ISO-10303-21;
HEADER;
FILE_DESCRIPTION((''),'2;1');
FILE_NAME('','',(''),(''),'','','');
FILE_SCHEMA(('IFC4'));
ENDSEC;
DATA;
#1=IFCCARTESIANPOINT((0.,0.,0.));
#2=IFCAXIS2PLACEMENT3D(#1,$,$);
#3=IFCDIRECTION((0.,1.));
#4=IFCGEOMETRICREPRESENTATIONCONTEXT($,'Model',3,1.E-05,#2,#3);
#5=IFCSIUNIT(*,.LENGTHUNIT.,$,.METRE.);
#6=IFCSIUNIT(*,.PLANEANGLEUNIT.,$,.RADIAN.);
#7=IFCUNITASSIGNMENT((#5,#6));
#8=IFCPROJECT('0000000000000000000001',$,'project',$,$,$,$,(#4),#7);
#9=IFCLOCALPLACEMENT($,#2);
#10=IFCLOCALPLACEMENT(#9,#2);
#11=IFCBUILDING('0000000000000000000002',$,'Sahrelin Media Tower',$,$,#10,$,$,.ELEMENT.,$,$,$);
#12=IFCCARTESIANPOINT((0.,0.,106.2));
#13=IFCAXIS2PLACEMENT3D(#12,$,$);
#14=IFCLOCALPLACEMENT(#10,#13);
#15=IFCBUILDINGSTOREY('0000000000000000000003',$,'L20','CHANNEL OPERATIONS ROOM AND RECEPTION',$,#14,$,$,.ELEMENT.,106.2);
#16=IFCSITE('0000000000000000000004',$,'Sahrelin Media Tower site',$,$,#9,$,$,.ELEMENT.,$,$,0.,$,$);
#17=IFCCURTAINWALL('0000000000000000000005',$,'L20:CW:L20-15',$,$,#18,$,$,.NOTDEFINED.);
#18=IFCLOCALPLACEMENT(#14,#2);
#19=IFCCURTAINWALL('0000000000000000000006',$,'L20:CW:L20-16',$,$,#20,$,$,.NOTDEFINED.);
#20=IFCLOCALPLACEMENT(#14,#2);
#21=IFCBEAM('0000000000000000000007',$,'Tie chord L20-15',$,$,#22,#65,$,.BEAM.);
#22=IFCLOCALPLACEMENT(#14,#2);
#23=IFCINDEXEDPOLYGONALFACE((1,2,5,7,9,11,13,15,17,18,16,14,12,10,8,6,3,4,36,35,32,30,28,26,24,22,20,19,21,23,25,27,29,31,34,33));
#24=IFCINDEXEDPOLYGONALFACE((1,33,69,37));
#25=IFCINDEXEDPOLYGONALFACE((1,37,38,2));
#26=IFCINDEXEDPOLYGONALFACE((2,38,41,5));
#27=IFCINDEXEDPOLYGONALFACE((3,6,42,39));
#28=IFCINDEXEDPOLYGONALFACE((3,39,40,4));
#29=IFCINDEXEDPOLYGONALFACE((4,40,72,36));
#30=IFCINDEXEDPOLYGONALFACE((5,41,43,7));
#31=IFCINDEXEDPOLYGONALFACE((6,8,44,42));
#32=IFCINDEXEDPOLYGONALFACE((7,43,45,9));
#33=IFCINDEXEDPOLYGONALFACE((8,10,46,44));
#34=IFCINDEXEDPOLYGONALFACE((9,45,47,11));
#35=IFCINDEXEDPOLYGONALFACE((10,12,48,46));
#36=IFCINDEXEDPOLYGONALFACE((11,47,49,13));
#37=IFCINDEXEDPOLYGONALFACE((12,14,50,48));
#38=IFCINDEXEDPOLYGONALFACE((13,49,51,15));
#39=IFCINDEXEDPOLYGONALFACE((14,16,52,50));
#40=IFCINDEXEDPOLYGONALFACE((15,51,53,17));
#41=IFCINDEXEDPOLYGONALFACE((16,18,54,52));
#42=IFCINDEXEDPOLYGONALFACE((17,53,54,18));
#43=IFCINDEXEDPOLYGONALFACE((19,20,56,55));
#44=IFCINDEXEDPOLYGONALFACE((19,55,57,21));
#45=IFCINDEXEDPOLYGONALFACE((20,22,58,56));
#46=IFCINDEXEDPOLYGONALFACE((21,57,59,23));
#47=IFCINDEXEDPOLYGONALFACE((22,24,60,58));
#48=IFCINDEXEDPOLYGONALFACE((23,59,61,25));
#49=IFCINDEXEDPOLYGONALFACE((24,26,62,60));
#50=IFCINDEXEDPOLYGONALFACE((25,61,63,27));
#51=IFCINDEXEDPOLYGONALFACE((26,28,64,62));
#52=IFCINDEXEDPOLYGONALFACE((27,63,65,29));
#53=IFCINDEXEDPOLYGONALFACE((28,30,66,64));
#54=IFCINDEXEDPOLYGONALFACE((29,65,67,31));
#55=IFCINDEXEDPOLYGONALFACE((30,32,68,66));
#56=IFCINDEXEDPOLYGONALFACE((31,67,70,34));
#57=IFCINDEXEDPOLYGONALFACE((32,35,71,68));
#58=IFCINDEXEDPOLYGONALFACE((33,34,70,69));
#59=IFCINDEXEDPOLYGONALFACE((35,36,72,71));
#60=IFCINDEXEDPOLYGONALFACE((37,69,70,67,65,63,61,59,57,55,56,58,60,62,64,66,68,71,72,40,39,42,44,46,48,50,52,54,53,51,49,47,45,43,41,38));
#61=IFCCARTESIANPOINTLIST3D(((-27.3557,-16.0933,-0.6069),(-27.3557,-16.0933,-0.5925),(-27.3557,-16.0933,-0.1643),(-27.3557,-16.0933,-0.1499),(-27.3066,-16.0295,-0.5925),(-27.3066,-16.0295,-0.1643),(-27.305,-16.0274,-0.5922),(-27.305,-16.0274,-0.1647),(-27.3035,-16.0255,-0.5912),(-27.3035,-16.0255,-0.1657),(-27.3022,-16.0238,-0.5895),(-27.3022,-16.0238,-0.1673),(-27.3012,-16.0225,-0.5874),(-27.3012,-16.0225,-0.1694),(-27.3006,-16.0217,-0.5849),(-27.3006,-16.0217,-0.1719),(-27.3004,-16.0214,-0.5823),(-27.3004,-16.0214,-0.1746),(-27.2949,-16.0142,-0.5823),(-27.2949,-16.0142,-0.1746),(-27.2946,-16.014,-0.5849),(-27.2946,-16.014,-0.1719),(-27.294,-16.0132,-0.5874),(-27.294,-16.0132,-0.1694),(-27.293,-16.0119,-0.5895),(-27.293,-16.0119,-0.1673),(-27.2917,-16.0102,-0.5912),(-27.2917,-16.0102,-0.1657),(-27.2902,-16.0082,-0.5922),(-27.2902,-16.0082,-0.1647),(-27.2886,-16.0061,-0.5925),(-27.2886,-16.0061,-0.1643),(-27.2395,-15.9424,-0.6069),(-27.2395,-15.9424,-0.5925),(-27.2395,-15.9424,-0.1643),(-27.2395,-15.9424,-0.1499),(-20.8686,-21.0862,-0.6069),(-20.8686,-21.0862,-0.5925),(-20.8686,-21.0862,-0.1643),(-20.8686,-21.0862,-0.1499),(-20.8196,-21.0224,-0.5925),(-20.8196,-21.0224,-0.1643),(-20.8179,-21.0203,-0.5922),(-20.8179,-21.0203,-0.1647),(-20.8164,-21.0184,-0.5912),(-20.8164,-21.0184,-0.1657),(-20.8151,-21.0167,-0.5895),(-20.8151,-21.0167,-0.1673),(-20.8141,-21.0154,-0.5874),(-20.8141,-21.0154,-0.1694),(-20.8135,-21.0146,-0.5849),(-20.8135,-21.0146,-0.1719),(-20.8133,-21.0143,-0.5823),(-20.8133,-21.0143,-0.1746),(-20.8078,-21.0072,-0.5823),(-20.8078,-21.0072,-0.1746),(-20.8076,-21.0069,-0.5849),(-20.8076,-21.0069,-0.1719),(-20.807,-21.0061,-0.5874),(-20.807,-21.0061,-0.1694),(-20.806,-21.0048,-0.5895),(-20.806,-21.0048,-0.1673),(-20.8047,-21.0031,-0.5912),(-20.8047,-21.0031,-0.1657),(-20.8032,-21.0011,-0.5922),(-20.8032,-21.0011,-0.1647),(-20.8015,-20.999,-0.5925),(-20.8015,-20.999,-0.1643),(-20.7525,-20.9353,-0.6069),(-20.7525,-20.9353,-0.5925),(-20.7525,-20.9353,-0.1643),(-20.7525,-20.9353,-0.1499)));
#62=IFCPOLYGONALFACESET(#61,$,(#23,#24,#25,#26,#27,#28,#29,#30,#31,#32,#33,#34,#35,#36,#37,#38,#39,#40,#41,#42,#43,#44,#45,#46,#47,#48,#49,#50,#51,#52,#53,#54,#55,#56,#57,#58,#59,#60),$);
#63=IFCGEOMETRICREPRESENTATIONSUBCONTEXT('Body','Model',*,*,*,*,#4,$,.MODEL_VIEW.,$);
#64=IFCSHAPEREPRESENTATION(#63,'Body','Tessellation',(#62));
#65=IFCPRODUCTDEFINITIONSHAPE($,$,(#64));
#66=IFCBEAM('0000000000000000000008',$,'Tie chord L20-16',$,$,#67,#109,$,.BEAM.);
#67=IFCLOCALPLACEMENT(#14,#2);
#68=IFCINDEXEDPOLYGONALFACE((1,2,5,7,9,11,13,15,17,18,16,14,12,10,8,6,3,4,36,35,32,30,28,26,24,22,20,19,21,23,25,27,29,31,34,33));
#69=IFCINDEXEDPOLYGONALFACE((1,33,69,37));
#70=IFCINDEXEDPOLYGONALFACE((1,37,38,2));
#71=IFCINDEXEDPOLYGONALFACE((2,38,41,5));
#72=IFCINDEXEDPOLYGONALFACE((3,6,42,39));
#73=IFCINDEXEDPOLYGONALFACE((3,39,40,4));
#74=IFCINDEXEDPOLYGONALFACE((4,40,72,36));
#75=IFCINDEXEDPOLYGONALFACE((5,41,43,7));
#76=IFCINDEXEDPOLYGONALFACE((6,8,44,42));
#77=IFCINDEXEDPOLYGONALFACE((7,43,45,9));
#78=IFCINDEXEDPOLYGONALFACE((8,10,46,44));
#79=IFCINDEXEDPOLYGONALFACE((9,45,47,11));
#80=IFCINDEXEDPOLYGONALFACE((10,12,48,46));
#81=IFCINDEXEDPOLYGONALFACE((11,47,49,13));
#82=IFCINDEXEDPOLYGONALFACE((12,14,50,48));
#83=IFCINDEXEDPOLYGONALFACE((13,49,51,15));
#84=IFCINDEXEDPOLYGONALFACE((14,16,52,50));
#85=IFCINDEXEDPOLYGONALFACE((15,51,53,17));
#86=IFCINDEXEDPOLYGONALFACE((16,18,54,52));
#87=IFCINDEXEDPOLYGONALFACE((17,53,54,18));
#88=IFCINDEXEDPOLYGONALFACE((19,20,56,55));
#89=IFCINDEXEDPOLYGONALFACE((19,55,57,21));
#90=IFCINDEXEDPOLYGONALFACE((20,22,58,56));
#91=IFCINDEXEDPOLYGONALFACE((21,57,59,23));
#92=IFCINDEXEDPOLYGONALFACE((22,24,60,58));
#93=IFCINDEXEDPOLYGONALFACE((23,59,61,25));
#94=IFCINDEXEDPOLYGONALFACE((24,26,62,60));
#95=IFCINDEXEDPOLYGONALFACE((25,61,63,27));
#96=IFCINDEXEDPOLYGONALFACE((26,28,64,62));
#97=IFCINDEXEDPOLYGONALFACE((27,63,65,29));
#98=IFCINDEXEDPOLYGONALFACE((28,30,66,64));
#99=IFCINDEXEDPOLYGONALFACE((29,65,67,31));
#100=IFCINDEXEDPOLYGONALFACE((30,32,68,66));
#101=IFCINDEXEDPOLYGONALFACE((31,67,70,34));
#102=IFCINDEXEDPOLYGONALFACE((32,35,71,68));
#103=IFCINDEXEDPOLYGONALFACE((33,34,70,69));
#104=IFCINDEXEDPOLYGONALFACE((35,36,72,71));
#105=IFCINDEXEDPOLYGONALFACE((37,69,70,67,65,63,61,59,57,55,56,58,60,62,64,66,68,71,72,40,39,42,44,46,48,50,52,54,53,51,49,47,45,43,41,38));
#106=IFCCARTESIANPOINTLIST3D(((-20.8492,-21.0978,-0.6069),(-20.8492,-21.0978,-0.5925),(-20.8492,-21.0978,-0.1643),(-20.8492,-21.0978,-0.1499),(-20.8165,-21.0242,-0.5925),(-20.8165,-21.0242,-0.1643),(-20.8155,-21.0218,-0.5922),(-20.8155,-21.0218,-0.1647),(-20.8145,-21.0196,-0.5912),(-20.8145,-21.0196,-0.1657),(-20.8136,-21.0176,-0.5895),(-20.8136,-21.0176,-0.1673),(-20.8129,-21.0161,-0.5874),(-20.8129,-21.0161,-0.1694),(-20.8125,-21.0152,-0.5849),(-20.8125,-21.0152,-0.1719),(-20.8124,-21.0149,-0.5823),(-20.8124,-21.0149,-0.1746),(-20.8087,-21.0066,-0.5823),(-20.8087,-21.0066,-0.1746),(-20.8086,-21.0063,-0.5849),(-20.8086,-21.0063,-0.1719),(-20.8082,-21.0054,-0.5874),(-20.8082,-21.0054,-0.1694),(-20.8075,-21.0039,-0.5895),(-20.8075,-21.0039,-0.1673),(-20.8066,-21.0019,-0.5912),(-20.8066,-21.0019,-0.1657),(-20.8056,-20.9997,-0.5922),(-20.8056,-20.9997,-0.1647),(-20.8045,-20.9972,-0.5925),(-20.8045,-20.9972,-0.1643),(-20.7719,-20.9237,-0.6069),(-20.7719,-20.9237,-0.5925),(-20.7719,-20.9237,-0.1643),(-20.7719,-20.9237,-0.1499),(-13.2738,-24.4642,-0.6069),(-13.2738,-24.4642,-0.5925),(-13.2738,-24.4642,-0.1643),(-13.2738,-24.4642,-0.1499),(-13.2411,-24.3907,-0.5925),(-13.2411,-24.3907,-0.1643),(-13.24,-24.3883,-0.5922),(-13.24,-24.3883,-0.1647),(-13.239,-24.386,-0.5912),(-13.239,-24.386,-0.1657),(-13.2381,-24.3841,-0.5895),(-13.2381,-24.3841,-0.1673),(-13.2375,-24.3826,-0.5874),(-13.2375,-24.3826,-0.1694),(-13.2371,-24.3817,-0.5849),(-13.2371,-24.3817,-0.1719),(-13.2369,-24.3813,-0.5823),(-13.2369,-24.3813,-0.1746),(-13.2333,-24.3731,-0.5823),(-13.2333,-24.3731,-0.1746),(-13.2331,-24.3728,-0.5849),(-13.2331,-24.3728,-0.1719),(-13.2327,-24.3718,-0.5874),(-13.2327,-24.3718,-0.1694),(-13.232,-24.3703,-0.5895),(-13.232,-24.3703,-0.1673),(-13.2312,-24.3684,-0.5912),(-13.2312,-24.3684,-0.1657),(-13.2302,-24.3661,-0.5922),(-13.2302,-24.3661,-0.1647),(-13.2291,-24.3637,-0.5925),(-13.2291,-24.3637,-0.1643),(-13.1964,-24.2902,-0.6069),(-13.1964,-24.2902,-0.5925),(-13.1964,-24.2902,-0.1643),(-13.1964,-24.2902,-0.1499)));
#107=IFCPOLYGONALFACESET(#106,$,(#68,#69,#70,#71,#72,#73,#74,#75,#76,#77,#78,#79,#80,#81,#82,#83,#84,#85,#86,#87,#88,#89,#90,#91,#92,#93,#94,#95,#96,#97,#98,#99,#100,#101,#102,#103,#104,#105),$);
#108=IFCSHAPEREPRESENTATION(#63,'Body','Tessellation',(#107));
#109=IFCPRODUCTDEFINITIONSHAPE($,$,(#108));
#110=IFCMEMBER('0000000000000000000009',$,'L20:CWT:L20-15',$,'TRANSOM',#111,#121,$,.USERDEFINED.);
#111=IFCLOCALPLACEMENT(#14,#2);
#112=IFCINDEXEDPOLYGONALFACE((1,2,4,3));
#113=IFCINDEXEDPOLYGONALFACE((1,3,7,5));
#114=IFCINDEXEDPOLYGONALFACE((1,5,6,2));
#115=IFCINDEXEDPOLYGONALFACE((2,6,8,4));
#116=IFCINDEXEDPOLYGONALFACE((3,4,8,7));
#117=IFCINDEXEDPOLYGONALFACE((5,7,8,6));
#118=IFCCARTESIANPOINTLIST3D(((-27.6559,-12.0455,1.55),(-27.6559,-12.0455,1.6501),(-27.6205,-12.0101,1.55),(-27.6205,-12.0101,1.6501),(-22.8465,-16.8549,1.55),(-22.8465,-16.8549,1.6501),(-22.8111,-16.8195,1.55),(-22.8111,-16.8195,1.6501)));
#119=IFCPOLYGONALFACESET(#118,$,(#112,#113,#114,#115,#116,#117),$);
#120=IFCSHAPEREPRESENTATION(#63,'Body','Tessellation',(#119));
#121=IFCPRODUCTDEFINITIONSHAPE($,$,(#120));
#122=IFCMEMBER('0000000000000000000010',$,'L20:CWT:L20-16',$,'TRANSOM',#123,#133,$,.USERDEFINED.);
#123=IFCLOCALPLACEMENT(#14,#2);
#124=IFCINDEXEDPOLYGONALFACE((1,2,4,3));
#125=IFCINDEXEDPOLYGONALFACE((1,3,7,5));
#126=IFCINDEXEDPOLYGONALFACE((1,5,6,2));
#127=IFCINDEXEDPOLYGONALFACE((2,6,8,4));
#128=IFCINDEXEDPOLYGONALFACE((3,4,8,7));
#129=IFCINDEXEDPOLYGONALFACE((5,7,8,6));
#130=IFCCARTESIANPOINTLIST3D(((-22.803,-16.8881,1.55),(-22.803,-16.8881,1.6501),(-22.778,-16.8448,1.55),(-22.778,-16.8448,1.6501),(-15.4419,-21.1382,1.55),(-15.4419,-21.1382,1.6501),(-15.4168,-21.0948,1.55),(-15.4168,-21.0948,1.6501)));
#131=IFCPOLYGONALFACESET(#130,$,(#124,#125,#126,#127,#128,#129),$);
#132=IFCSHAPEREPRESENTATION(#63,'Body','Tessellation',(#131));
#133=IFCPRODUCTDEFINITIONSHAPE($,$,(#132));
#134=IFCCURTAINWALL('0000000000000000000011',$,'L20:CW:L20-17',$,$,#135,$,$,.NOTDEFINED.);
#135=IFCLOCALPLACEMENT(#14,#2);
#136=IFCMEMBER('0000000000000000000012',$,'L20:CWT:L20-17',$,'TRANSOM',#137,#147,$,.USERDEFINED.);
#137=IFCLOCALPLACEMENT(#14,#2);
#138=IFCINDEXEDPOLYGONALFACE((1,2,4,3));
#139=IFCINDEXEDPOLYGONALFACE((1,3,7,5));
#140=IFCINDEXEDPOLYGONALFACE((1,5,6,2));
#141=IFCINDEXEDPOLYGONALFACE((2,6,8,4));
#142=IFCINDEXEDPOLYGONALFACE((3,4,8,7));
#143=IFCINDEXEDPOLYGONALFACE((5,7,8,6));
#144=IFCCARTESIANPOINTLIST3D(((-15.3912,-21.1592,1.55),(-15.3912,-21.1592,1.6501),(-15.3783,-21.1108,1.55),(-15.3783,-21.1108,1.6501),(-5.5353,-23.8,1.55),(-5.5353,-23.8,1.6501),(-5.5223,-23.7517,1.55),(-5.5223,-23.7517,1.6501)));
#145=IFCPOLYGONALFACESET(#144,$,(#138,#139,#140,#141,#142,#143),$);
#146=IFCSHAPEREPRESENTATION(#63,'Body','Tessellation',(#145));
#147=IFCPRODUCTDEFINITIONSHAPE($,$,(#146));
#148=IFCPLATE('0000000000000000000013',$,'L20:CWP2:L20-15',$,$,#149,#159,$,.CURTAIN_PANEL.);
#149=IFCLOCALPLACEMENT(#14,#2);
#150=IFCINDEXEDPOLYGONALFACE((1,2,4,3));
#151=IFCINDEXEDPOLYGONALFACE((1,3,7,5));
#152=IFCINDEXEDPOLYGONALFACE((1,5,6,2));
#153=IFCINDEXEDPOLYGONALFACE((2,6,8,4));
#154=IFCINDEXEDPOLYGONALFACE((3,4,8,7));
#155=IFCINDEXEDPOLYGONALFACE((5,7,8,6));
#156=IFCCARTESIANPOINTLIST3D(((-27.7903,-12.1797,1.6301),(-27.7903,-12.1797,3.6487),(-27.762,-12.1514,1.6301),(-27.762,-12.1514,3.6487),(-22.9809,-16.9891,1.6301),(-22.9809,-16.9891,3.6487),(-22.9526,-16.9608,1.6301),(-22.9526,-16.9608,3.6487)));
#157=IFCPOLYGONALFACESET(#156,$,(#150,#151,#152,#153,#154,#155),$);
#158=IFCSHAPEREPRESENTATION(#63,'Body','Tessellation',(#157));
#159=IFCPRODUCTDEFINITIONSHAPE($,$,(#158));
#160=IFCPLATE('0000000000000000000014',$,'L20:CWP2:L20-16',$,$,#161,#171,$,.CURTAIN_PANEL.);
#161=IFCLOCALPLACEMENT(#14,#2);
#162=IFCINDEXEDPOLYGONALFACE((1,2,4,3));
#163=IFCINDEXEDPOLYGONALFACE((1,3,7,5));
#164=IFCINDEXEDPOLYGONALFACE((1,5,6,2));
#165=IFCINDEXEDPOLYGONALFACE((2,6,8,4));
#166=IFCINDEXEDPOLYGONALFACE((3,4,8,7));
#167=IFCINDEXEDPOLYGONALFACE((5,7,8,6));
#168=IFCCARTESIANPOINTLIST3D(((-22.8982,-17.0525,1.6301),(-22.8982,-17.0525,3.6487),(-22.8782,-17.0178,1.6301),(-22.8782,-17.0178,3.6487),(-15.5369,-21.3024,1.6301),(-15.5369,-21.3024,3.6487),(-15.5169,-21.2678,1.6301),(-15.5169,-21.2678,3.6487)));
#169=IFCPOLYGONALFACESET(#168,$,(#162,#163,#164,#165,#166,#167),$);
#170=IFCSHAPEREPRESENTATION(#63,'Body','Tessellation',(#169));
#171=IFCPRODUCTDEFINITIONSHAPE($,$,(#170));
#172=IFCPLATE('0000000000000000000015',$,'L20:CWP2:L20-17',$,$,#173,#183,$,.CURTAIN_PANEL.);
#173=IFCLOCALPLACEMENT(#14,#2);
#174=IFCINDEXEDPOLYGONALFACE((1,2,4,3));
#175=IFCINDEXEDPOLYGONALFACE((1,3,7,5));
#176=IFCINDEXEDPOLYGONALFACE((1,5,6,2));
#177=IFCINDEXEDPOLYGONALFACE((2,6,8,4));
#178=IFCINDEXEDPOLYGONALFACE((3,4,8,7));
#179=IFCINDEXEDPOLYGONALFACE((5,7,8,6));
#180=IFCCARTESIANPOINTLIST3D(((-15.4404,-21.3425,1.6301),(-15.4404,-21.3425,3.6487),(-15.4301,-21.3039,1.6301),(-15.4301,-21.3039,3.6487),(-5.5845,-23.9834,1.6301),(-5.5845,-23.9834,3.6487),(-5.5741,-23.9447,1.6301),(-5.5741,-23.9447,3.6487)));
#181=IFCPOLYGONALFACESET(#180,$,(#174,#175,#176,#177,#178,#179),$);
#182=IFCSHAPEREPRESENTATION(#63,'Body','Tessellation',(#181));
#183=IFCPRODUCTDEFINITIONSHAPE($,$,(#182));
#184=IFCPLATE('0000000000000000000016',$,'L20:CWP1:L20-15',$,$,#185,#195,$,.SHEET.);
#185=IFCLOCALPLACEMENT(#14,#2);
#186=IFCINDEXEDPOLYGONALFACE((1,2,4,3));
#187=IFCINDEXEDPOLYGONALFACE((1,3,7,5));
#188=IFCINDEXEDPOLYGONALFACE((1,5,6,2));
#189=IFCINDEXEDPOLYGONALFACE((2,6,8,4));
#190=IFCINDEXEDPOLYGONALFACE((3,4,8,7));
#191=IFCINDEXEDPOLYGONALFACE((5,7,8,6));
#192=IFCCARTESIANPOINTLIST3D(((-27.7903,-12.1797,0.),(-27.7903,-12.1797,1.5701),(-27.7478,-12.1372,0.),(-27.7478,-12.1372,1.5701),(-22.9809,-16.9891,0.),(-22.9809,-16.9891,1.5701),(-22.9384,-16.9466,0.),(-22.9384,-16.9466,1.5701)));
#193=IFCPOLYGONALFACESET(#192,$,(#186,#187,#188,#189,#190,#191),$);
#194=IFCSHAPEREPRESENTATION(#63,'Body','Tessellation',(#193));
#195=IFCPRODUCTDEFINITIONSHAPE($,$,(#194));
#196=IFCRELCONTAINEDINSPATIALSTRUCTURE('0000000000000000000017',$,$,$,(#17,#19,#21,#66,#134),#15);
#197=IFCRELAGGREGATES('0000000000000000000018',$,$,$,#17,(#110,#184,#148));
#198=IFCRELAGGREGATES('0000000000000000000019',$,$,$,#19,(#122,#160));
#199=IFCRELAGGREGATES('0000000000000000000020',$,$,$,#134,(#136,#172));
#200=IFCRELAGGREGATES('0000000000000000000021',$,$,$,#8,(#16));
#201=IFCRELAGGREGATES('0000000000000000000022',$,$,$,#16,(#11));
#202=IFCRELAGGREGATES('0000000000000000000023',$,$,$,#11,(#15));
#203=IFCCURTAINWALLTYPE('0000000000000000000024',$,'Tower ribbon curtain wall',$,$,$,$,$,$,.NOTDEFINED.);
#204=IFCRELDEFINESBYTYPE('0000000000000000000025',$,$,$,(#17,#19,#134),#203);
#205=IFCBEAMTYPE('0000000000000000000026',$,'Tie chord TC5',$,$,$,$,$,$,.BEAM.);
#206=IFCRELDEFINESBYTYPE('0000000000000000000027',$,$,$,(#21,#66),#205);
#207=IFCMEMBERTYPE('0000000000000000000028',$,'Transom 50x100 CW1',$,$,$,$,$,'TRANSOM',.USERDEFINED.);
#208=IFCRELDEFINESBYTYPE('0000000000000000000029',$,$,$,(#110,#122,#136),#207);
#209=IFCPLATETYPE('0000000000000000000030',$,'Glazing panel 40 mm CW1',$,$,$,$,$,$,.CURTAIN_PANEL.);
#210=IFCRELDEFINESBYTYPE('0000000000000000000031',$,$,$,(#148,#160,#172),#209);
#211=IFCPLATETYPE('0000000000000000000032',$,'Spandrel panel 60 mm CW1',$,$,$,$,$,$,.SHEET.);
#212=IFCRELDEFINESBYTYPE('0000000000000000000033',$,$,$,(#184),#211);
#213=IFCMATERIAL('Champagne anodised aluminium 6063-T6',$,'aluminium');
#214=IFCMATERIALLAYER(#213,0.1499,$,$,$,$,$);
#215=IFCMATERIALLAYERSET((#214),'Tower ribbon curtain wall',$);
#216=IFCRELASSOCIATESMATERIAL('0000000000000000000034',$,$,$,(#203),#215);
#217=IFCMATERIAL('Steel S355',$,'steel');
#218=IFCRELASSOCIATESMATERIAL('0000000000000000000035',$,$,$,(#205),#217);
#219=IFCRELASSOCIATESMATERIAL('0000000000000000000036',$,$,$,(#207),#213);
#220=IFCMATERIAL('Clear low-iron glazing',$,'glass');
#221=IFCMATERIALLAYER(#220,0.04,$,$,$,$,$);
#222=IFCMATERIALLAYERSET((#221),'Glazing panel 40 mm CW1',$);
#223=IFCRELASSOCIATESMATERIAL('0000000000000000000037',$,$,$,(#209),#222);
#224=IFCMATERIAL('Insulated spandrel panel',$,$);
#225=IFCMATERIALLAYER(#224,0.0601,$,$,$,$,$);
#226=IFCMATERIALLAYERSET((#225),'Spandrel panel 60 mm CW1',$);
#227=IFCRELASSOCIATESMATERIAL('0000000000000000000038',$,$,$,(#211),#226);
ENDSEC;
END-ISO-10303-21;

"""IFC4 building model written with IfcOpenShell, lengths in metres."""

from ifc_helpers import new_model, si_unit, direction, frame, origin, origin_2d, place, context, subcontext, project, spatial, polyline, rectangle, i_section, outline, extrude, material, layer, layer_set, material_profile, profile_set, type_object, element, aggregate, save


model = new_model("IFC4")

# Units and contexts
model_context = context("Model", 3, precision=1e-05, world=origin(), true_north=direction((0.0, 1.0)))
body_context = subcontext(model_context, "Body", "Model", "MODEL_VIEW")
ifc_project = project(units=[si_unit("LENGTHUNIT", "METRE"), si_unit("PLANEANGLEUNIT", "RADIAN")], contexts=[model_context])

# Site, building, storey
site_placement = place(None, origin())
site = spatial("IfcSite", under=ifc_project, at=site_placement, Name="Sahrelin Media Tower site", CompositionType="ELEMENT", RefElevation=0.0)
building_placement = place(site_placement, origin())
building = spatial("IfcBuilding", under=site, at=building_placement, Name="Sahrelin Media Tower", CompositionType="ELEMENT")
storey_placement = place(building_placement, frame((0.0, 0.0, 106.2)))
storey = spatial("IfcBuildingStorey", under=building, at=storey_placement, Name="L20", Description="CHANNEL OPERATIONS ROOM AND RECEPTION", CompositionType="ELEMENT", Elevation=106.2)

# Shared definitions
ifc_material_1 = material(Name="Steel S355", Category="steel")

# Curtain walls
ifc_material_2 = material(Name="Champagne anodised aluminium 6063-T6", Category="aluminium")
ifc_layer_1 = layer(ifc_material_2, 0.1499)
ifc_layer_set_1 = layer_set([ifc_layer_1], Name="Tower ribbon curtain wall")
curtain_wall_type = type_object("IfcCurtainWallType", Name="Tower ribbon curtain wall", PredefinedType="NOTDEFINED", material=ifc_layer_set_1)
curtain_wall_1_placement = place(storey_placement, frame((-25.3713, -14.5703, 0.0), z_axis=(0.0, 0.0, 1.0), x_axis=(1.0, 0.0, 0.0)))
curtain_wall_1 = element("IfcCurtainWall", 1, at=curtain_wall_1_placement, inside=storey, type_object=curtain_wall_type, Name="L20:CW:L20-15", PredefinedType="NOTDEFINED")
curtain_wall_2_placement = place(storey_placement, frame((-19.2075, -19.1604, 0.0), z_axis=(0.0, 0.0, 1.0), x_axis=(1.0, 0.0, 0.0)))
curtain_wall_2 = element("IfcCurtainWall", 2, at=curtain_wall_2_placement, inside=storey, type_object=curtain_wall_type, Name="L20:CW:L20-16", PredefinedType="NOTDEFINED")

# Beams
ifc_material_profile_1 = material_profile(ifc_material_1, i_section(OverallWidth=0.1904, OverallDepth=0.457, WebThickness=0.009, FlangeThickness=0.0144, FilletRadius=0.0103, at=origin_2d()), Name="UB 457x191x74")
ifc_profile_set_1 = profile_set([ifc_material_profile_1], Name="Steel S355")
beam_type_1 = type_object("IfcBeamType", Name="Tie chord TC5", PredefinedType="BEAM", material=ifc_profile_set_1)
beam_1_placement = place(storey_placement, frame((-27.2976, -16.0178, -0.3784), z_axis=(0.792454, -0.609931, 0.0), x_axis=(0.609931, 0.792454, 0.0)))
element("IfcBeam", 3, at=beam_1_placement, inside=storey, type_object=beam_type_1, Name="Tie chord L20-15", PredefinedType="BEAM", context=body_context, shape_type="SweptSolid", body=[
    extrude(i_section(OverallWidth=0.1904, OverallDepth=0.457, WebThickness=0.009, FlangeThickness=0.0144, FilletRadius=0.0103, at=origin_2d()), origin(), (0.0, 0.0, 1.0), 8.186),
])
beam_2_placement = place(storey_placement, frame((-20.8105, -21.0107, -0.3784), z_axis=(0.91383, -0.406097, 0.0), x_axis=(0.406097, 0.91383, 0.0)))
element("IfcBeam", 4, at=beam_2_placement, inside=storey, type_object=beam_type_1, Name="Tie chord L20-16", PredefinedType="BEAM", context=body_context, shape_type="SweptSolid", body=[
    extrude(i_section(OverallWidth=0.1904, OverallDepth=0.457, WebThickness=0.009, FlangeThickness=0.0144, FilletRadius=0.0103, at=origin_2d()), origin(), (0.0, 0.0, 1.0), 8.2898),
])

# Members
ifc_material_profile_2 = material_profile(ifc_material_2, rectangle(XDim=0.05, YDim=0.1001, at=origin_2d()), Name="Transom 50x100")
ifc_profile_set_2 = profile_set([ifc_material_profile_2], Name="Champagne anodised aluminium 6063-T6")
member_type_1 = type_object("IfcMemberType", Name="Transom 50x100 CW1", ElementType="TRANSOM", PredefinedType="USERDEFINED", material=ifc_profile_set_2)
member_1_placement = place(storey_placement, frame((-27.6382, -12.0278, 1.6001), z_axis=(0.707107, -0.707107, 0.0), x_axis=(0.707107, 0.707107, 0.0)))
member_1 = element("IfcMember", 5, at=member_1_placement, type_object=member_type_1, Name="L20:CWT:L20-15", ObjectType="TRANSOM", PredefinedType="USERDEFINED", context=body_context, shape_type="SweptSolid", body=[
    extrude(rectangle(XDim=0.05, YDim=0.1001, at=origin_2d()), origin(), (0.0, 0.0, 1.0), 6.8015),
])
member_2_placement = place(storey_placement, frame((-22.7905, -16.8665, 1.6001), z_axis=(0.866022, -0.500007, 0.0), x_axis=(0.500007, 0.866022, 0.0)))
member_2 = element("IfcMember", 6, at=member_2_placement, type_object=member_type_1, Name="L20:CWT:L20-16", ObjectType="TRANSOM", PredefinedType="USERDEFINED", context=body_context, shape_type="SweptSolid", body=[
    extrude(rectangle(XDim=0.05, YDim=0.1001, at=origin_2d()), origin(), (0.0, 0.0, 1.0), 8.5),
])

# Curtain wall, member
curtain_wall_3_placement = place(storey_placement, frame((-10.5073, -22.6438, 0.0), z_axis=(0.0, 0.0, 1.0), x_axis=(1.0, 0.0, 0.0)))
curtain_wall_3 = element("IfcCurtainWall", 7, at=curtain_wall_3_placement, inside=storey, type_object=curtain_wall_type, Name="L20:CW:L20-17", PredefinedType="NOTDEFINED")
member_3_placement = place(storey_placement, frame((-15.3848, -21.135, 1.6001), z_axis=(0.965926, -0.258817, 0.0), x_axis=(0.258817, 0.965926, 0.0)))
member_3 = element("IfcMember", 8, at=member_3_placement, type_object=member_type_1, Name="L20:CWT:L20-17", ObjectType="TRANSOM", PredefinedType="USERDEFINED", context=body_context, shape_type="SweptSolid", body=[
    extrude(rectangle(XDim=0.05, YDim=0.1001, at=origin_2d()), origin(), (0.0, 0.0, 1.0), 10.2036),
])

# Plates
ifc_material_3 = material(Name="Clear low-iron glazing", Category="glass")
ifc_layer_2 = layer(ifc_material_3, 0.04)
ifc_layer_set_2 = layer_set([ifc_layer_2], Name="Glazing panel 40 mm CW1")
plate_type_1 = type_object("IfcPlateType", Name="Glazing panel 40 mm CW1", PredefinedType="CURTAIN_PANEL", material=ifc_layer_set_2)
plate_1_placement = place(storey_placement, frame((-27.7903, -12.1797, 1.6301), z_axis=(-0.707107, -0.707107, 0.0), x_axis=(0.707107, -0.707107, 0.0)))
plate_1 = element("IfcPlate", 9, at=plate_1_placement, type_object=plate_type_1, Name="L20:CWP2:L20-15", PredefinedType="CURTAIN_PANEL", context=body_context, shape_type="SweptSolid", body=[
    extrude(outline(polyline([(0.0, 0.0), (6.8015, 0.0), (6.8015, 2.0186), (0.0, 2.0186), (0.0, 0.0)])), origin(), (0.0, 0.0, -1.0), 0.04),
])
plate_2_placement = place(storey_placement, frame((-22.8982, -17.0525, 1.6301), z_axis=(-0.499994, -0.866029, 0.0), x_axis=(0.866029, -0.499994, 0.0)))
plate_2 = element("IfcPlate", 10, at=plate_2_placement, type_object=plate_type_1, Name="L20:CWP2:L20-16", PredefinedType="CURTAIN_PANEL", context=body_context, shape_type="SweptSolid", body=[
    extrude(outline(polyline([(0.0, 0.0), (8.5, 0.0), (8.5, 2.0186), (0.0, 2.0186), (0.0, 0.0)])), origin(), (0.0, 0.0, -1.0), 0.04),
])
plate_3_placement = place(storey_placement, frame((-15.4404, -21.3425, 1.6301), z_axis=(-0.258817, -0.965926, 0.0), x_axis=(0.965926, -0.258817, 0.0)))
plate_3 = element("IfcPlate", 11, at=plate_3_placement, type_object=plate_type_1, Name="L20:CWP2:L20-17", PredefinedType="CURTAIN_PANEL", context=body_context, shape_type="SweptSolid", body=[
    extrude(outline(polyline([(0.0, 0.0), (10.2036, 0.0), (10.2036, 2.0186), (0.0, 2.0186), (0.0, 0.0)])), origin(), (0.0, 0.0, -1.0), 0.04),
])
ifc_material_4 = material(Name="Insulated spandrel panel")
ifc_layer_3 = layer(ifc_material_4, 0.0601)
ifc_layer_set_3 = layer_set([ifc_layer_3], Name="Spandrel panel 60 mm CW1")
plate_type_2 = type_object("IfcPlateType", Name="Spandrel panel 60 mm CW1", PredefinedType="SHEET", material=ifc_layer_set_3)
plate_4_placement = place(storey_placement, frame((-27.7903, -12.1797, 0.0), z_axis=(-0.707107, -0.707107, 0.0), x_axis=(0.707107, -0.707107, 0.0)))
plate_4 = element("IfcPlate", 12, at=plate_4_placement, type_object=plate_type_2, Name="L20:CWP1:L20-15", PredefinedType="SHEET", context=body_context, shape_type="SweptSolid", body=[
    extrude(outline(polyline([(0.0, 0.0), (6.8015, 0.0), (6.8015, 1.5701), (0.0, 1.5701), (0.0, 0.0)])), origin(), (0.0, 0.0, -1.0), 0.0601),
])
aggregate(curtain_wall_1, [member_1, plate_4, plate_1])
aggregate(curtain_wall_2, [member_2, plate_2])
aggregate(curtain_wall_3, [member_3, plate_3])

save(model, "model.ifc")
